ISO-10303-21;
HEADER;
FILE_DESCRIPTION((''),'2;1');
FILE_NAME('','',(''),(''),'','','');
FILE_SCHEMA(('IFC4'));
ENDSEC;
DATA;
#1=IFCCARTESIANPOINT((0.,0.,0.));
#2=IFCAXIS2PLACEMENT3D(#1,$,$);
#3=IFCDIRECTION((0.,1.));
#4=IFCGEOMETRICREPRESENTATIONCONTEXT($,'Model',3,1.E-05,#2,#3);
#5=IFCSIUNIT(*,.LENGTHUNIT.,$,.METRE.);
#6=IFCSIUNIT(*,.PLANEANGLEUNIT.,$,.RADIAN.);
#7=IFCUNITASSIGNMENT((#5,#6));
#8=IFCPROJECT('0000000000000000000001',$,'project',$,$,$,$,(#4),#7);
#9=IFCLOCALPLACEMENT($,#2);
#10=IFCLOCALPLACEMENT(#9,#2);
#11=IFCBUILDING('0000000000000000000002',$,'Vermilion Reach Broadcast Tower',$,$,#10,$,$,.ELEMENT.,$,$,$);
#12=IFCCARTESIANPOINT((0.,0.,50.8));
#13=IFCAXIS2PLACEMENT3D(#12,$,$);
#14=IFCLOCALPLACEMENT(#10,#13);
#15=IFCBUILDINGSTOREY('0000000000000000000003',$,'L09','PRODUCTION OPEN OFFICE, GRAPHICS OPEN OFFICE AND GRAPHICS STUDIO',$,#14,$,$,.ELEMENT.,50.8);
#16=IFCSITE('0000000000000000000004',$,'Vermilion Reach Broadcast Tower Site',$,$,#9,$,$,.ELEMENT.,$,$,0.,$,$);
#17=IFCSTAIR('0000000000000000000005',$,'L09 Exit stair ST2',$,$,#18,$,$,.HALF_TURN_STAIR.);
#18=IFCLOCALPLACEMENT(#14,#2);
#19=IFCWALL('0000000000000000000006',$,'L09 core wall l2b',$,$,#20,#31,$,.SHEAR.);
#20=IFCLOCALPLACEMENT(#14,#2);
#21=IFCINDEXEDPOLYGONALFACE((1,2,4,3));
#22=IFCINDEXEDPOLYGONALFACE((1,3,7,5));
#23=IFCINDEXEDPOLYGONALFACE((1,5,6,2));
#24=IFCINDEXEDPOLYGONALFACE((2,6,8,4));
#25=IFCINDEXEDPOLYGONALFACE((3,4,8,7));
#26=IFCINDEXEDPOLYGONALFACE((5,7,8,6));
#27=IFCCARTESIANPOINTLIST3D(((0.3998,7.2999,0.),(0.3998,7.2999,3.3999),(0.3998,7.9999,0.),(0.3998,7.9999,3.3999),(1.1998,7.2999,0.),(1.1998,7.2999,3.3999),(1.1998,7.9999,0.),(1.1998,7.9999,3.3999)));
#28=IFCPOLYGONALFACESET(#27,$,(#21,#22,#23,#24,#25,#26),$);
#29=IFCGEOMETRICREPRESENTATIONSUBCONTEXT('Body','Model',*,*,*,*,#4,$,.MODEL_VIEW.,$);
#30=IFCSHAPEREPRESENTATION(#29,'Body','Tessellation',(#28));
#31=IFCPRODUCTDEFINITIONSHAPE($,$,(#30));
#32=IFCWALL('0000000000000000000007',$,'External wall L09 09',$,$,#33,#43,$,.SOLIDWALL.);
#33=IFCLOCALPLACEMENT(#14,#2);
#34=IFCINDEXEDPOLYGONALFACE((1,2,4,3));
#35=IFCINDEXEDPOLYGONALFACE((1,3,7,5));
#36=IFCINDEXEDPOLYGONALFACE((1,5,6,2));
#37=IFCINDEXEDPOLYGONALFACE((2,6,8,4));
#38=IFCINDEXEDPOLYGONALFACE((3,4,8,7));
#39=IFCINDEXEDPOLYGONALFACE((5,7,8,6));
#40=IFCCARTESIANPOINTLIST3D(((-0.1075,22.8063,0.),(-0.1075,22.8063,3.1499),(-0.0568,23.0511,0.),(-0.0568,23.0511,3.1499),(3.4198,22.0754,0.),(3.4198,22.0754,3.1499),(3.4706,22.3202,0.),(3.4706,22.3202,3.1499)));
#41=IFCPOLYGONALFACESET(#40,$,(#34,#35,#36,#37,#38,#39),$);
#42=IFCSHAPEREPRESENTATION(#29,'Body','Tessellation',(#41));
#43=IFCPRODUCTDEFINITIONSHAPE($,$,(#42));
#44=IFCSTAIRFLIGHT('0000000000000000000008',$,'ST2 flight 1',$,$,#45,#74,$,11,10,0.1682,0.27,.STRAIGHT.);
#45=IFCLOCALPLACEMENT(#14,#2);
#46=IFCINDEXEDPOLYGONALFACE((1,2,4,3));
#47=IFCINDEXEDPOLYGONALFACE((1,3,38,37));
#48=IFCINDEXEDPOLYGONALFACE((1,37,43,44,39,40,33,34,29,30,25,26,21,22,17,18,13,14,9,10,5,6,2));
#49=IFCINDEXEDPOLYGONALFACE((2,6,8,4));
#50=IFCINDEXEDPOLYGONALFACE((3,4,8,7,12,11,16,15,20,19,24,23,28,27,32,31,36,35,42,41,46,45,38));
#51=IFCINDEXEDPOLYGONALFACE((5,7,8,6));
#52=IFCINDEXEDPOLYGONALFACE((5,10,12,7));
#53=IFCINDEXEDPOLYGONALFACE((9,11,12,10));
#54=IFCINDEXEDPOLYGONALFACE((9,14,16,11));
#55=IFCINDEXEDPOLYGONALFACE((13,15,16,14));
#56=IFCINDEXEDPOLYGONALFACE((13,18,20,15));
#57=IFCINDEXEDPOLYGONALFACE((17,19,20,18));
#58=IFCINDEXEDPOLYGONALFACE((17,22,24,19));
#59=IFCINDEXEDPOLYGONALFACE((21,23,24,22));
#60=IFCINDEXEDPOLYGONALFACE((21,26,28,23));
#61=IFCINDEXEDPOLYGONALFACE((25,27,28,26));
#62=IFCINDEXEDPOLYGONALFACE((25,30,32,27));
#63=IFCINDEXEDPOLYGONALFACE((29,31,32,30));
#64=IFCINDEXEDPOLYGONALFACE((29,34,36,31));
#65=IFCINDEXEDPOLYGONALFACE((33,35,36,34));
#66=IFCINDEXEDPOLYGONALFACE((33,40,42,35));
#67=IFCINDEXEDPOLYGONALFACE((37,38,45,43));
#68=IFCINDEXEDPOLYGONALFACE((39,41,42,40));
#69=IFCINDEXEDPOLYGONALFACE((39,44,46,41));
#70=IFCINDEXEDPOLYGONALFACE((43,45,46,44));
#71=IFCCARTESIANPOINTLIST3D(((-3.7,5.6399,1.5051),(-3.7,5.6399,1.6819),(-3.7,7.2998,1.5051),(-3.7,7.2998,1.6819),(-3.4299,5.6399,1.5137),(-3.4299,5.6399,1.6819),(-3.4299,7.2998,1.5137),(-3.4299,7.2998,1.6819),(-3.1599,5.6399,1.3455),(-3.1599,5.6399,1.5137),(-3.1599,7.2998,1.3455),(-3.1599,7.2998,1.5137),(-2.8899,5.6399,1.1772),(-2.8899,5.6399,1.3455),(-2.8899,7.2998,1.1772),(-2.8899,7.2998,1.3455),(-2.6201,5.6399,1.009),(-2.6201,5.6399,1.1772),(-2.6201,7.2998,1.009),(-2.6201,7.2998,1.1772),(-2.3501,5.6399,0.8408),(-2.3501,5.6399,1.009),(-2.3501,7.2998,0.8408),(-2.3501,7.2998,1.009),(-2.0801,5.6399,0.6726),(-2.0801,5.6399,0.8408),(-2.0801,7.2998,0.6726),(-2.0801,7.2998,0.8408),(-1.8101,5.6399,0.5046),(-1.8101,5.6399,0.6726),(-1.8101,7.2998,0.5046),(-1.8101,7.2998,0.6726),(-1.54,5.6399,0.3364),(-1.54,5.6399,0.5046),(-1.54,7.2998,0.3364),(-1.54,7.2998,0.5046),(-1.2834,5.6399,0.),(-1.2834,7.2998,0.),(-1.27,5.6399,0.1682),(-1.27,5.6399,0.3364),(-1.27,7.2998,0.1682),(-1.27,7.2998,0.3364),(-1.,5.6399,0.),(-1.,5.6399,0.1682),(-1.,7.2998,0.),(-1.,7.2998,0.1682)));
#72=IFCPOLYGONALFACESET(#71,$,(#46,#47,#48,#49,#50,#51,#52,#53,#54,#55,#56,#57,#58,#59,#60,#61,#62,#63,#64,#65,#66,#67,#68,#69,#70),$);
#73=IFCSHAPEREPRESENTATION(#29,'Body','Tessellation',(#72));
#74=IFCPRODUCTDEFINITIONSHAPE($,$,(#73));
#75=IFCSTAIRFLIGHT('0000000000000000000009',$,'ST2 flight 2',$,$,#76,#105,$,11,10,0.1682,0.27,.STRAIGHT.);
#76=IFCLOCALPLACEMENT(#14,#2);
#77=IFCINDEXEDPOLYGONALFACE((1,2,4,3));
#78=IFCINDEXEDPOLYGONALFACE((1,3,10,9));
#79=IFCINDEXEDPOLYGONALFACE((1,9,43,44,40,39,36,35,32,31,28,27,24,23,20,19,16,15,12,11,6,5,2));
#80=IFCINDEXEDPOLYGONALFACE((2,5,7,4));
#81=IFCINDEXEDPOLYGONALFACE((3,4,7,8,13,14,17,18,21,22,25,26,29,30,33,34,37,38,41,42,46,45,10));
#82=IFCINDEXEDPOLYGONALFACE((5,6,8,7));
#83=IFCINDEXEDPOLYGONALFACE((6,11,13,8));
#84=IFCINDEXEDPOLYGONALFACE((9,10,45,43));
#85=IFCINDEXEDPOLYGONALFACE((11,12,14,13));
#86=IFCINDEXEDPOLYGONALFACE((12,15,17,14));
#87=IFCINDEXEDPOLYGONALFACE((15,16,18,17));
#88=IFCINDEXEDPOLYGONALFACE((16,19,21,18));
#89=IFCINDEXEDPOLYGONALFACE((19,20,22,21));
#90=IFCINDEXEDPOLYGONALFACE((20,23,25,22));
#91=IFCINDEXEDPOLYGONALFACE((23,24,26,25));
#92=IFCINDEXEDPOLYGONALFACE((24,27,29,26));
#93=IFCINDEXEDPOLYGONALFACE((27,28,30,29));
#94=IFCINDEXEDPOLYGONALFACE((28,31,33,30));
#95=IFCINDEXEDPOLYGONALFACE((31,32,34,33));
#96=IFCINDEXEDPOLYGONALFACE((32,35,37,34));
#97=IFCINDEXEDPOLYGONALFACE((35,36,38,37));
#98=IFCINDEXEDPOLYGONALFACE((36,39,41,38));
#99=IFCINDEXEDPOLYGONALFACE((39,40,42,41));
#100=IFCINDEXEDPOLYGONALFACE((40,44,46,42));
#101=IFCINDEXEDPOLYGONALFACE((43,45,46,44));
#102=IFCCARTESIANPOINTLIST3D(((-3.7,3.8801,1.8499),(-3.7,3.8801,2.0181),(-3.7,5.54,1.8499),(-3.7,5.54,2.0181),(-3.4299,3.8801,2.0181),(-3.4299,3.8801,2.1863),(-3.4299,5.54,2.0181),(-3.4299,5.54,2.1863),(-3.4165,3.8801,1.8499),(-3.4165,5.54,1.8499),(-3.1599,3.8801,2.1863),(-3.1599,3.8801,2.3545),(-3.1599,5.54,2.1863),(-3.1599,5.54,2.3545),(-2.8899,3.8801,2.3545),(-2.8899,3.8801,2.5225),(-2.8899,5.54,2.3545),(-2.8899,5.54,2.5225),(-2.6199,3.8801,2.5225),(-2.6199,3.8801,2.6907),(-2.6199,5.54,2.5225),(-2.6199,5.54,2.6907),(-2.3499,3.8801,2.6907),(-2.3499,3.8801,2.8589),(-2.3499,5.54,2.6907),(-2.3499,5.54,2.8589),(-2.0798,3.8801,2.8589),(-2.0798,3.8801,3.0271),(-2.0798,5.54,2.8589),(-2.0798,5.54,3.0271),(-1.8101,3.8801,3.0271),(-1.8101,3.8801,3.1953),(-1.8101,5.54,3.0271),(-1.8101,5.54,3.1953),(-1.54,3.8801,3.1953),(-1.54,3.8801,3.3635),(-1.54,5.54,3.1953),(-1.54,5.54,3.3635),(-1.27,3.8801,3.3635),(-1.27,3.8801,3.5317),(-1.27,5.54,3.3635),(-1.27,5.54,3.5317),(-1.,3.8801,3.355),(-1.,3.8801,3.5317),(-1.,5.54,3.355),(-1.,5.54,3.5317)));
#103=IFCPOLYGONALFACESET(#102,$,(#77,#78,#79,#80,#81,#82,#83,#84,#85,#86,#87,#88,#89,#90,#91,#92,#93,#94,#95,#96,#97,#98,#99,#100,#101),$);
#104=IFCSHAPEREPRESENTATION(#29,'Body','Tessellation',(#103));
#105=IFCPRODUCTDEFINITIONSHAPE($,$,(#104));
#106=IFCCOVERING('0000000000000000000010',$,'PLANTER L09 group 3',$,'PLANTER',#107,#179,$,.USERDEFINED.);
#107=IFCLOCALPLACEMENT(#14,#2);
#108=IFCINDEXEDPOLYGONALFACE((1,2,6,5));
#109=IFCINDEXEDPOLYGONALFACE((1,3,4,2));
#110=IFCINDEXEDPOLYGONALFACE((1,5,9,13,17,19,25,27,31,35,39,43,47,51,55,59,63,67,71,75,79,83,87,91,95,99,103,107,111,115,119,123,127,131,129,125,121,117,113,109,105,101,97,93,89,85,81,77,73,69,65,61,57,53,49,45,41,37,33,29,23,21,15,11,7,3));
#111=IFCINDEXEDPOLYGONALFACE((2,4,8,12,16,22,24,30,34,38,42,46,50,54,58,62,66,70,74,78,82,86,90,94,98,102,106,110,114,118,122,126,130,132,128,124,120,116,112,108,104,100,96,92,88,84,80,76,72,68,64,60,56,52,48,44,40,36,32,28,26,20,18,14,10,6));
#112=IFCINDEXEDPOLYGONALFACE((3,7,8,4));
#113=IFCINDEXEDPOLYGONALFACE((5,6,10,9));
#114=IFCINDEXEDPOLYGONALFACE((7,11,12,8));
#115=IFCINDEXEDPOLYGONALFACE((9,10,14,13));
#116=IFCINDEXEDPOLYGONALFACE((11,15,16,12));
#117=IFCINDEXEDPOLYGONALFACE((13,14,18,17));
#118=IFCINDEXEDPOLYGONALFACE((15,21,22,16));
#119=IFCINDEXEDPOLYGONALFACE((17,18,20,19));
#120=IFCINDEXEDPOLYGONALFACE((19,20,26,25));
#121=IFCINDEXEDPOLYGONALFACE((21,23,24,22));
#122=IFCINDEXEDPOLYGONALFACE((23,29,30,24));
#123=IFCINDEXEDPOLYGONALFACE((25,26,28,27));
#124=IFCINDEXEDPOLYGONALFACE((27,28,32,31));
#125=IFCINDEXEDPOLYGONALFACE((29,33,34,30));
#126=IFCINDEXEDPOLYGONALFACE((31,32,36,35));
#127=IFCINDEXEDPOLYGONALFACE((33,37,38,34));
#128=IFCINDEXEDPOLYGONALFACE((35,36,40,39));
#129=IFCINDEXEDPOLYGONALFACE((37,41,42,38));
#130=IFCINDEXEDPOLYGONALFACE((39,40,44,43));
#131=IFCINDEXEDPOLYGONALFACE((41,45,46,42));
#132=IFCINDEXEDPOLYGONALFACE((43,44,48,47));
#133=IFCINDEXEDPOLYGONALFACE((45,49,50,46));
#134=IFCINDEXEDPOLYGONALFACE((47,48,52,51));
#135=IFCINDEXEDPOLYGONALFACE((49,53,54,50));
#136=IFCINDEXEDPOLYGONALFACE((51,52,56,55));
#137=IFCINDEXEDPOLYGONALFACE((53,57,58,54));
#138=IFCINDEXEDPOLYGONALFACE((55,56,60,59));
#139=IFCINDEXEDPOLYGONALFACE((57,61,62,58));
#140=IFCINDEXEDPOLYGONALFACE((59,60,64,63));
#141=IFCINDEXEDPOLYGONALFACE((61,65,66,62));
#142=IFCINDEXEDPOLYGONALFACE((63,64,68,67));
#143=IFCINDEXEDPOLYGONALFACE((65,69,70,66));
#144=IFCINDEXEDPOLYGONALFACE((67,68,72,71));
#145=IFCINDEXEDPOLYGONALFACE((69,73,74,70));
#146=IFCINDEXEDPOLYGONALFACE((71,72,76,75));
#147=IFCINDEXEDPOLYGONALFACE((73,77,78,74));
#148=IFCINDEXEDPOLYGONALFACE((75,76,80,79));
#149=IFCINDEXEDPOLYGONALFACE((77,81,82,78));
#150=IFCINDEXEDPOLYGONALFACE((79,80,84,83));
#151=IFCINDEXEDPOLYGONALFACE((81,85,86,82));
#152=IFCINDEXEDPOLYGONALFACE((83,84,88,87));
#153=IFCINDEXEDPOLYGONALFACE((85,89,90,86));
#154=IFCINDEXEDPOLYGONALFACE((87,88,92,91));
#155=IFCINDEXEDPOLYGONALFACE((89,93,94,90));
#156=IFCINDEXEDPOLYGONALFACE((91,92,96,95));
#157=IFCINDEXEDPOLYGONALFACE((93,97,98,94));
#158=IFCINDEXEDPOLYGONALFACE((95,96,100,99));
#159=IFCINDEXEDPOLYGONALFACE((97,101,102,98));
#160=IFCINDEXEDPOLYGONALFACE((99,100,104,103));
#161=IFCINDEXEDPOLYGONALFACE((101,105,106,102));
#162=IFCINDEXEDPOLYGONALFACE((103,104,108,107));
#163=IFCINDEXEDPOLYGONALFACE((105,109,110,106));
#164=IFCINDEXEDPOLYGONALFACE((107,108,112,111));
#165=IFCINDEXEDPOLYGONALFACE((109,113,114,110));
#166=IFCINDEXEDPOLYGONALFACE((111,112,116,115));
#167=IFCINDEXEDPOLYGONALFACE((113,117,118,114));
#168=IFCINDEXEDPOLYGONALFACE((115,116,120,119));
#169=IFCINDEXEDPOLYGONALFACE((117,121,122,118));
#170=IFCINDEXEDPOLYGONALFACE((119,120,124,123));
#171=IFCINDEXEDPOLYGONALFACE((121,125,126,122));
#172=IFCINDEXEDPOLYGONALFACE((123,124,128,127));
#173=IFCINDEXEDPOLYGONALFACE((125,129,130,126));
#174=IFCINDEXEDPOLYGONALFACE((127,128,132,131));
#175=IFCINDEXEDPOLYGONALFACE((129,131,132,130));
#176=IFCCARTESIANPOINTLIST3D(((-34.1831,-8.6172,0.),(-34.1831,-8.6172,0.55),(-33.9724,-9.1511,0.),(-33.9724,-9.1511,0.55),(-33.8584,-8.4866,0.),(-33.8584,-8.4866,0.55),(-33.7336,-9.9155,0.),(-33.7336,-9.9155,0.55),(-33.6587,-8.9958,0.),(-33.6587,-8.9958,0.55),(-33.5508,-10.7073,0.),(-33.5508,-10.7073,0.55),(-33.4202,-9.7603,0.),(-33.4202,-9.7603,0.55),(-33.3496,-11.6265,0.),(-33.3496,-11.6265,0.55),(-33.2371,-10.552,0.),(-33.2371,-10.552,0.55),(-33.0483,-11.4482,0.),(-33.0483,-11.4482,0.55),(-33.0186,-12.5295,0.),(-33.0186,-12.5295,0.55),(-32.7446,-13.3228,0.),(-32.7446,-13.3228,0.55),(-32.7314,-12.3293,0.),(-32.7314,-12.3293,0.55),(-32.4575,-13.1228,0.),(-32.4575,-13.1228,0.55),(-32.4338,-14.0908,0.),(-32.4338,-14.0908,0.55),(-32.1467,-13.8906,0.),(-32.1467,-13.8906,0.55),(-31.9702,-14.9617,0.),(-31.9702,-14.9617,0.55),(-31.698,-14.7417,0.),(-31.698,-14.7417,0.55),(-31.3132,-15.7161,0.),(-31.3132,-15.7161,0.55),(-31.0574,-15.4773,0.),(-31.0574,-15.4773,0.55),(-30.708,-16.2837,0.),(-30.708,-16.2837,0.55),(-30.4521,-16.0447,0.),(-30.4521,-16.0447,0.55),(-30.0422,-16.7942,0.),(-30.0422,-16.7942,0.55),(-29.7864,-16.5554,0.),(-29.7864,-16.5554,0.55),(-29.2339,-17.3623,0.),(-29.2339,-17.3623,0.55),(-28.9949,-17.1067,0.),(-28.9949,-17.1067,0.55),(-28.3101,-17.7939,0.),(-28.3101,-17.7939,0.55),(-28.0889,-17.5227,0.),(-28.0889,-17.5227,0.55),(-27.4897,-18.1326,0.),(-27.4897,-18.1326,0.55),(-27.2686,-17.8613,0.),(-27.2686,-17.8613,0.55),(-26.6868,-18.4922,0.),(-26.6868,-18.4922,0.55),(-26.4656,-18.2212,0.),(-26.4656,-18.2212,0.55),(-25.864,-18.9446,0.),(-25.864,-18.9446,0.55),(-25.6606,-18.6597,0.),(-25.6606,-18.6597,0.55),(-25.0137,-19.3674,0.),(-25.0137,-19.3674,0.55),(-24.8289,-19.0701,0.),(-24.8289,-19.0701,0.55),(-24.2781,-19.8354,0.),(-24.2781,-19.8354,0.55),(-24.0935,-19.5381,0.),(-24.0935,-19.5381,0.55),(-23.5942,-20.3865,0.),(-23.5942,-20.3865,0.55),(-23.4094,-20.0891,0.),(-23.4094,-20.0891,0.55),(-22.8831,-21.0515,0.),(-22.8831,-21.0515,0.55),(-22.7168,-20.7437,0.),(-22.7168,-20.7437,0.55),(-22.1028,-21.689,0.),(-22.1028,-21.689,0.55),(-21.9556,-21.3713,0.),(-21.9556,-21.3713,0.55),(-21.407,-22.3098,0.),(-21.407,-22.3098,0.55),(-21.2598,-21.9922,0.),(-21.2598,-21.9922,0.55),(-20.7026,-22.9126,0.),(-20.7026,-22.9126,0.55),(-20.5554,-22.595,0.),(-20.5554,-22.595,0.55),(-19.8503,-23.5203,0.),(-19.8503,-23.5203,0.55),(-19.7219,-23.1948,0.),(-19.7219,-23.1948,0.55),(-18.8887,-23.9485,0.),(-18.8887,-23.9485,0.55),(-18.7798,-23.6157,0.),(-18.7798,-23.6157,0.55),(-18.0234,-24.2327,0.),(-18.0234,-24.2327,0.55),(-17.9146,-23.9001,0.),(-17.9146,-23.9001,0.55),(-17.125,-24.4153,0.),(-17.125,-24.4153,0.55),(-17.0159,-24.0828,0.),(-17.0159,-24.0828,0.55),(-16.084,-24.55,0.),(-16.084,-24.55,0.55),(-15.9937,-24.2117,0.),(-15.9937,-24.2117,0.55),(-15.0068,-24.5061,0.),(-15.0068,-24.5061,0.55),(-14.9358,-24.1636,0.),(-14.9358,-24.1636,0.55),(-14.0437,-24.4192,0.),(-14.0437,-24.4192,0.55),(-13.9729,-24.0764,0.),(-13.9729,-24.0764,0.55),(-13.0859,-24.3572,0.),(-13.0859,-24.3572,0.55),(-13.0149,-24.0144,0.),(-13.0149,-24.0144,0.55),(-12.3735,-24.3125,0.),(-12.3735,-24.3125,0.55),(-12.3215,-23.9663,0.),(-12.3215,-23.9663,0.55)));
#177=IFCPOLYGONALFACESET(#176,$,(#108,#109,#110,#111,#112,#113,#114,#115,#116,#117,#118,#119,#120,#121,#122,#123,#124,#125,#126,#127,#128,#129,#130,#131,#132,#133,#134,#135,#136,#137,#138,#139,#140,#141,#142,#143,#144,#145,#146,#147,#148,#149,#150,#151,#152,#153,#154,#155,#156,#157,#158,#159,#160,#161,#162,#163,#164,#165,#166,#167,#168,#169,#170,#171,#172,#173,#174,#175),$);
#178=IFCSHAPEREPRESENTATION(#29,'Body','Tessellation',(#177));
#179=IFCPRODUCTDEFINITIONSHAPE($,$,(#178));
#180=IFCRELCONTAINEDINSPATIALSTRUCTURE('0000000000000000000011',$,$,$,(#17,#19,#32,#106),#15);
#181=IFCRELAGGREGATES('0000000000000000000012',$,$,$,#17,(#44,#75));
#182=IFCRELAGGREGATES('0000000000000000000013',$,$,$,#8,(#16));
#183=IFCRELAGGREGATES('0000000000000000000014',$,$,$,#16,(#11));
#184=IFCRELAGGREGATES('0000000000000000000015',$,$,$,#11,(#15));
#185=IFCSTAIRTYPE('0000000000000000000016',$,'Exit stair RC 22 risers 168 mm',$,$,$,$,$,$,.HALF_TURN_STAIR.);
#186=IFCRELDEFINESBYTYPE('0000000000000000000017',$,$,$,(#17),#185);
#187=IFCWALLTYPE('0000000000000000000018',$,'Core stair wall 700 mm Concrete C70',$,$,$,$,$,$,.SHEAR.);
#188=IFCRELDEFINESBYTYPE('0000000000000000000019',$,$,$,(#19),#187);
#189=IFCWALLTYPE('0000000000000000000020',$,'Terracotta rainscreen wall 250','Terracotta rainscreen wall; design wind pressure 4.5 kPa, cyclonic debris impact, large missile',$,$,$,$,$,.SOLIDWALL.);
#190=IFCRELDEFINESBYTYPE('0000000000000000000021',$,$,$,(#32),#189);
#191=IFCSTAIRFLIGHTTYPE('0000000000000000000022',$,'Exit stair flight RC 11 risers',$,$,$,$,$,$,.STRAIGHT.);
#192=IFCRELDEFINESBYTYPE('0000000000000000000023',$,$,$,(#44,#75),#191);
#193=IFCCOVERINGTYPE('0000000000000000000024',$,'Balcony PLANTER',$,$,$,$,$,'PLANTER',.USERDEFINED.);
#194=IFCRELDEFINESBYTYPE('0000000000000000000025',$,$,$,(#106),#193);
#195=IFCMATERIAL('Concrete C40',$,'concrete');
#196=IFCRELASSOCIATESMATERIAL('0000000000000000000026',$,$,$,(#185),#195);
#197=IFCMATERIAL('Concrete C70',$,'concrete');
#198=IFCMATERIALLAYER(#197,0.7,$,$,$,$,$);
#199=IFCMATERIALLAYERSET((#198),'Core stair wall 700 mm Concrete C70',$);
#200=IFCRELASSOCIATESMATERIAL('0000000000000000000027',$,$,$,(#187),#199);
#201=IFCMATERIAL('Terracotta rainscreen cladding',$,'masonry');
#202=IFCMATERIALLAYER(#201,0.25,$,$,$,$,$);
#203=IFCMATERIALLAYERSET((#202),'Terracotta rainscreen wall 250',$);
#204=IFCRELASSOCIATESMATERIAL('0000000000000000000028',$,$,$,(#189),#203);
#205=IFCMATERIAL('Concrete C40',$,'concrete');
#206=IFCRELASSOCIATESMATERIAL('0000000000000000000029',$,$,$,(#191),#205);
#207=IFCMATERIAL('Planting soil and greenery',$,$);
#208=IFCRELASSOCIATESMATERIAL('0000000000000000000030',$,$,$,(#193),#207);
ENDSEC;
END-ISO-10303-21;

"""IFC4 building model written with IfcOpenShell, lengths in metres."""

from ifc_helpers import new_model, si_unit, direction, frame, frame_2d, origin, place, context, subcontext, project, spatial, polyline, rectangle, outline, extrude, material, layer, layer_set, type_object, element, aggregate, save


model = new_model("IFC4")

# Units and contexts
model_context = context("Model", 3, precision=1e-05, world=origin(), true_north=direction((0.0, 1.0)))
body_context = subcontext(model_context, "Body", "Model", "MODEL_VIEW")
ifc_project = project(units=[si_unit("LENGTHUNIT", "METRE"), si_unit("PLANEANGLEUNIT", "RADIAN")], contexts=[model_context])

# Site, building, storey
site_placement = place(None, origin())
site = spatial("IfcSite", under=ifc_project, at=site_placement, Name="Vermilion Reach Broadcast Tower Site", CompositionType="ELEMENT", RefElevation=0.0)
building_placement = place(site_placement, origin())
building = spatial("IfcBuilding", under=site, at=building_placement, Name="Vermilion Reach Broadcast Tower", CompositionType="ELEMENT")
storey_placement = place(building_placement, frame((0.0, 0.0, 50.8)))
storey = spatial("IfcBuildingStorey", under=building, at=storey_placement, Name="L09", Description="PRODUCTION OPEN OFFICE, GRAPHICS OPEN OFFICE AND GRAPHICS STUDIO", CompositionType="ELEMENT", Elevation=50.8)

# Shared definitions
placement_1 = place(storey_placement, origin())

# Stair
ifc_material_1 = material(Name="Concrete C40", Category="concrete")
stair_type = type_object("IfcStairType", Name="Exit stair RC 22 risers 168 mm", PredefinedType="HALF_TURN_STAIR", material=ifc_material_1)
stair_1 = element("IfcStair", 1, at=placement_1, inside=storey, type_object=stair_type, Name="L09 Exit stair ST2", PredefinedType="HALF_TURN_STAIR")

# Walls
ifc_material_2 = material(Name="Concrete C70", Category="concrete")
ifc_layer_1 = layer(ifc_material_2, 0.7)
ifc_layer_set_1 = layer_set([ifc_layer_1], Name="Core stair wall 700 mm Concrete C70")
wall_type_1 = type_object("IfcWallType", Name="Core stair wall 700 mm Concrete C70", PredefinedType="SHEAR", material=ifc_layer_set_1)
wall_1_placement = place(storey_placement, frame((0.3999, 7.6499, 0.0), z_axis=(0.0, 0.0, 1.0), x_axis=(1.0, 0.0, 0.0)))
element("IfcWall", 2, at=wall_1_placement, inside=storey, type_object=wall_type_1, Name="L09 core wall l2b", PredefinedType="SHEAR", context=body_context, shape_type="SweptSolid", body=[
    extrude(rectangle(XDim=0.8, YDim=0.7, at=frame_2d((0.3999, 0.0))), origin(), (0.0, 0.0, 1.0), 3.3999),
])
ifc_material_3 = material(Name="Terracotta rainscreen cladding", Category="masonry")
ifc_layer_2 = layer(ifc_material_3, 0.25)
ifc_layer_set_2 = layer_set([ifc_layer_2], Name="Terracotta rainscreen wall 250")
wall_type_2 = type_object("IfcWallType", Name="Terracotta rainscreen wall 250", Description="Terracotta rainscreen wall; design wind pressure 4.5 kPa, cyclonic debris impact, large missile", PredefinedType="SOLIDWALL", material=ifc_layer_set_2)
wall_2_placement = place(storey_placement, frame((3.4453, 22.1978, 0.0), z_axis=(0.0, 0.0, 1.0), x_axis=(-0.979196, 0.202915, 0.0)))
element("IfcWall", 3, at=wall_2_placement, inside=storey, type_object=wall_type_2, Name="External wall L09 09", PredefinedType="SOLIDWALL", context=body_context, shape_type="SweptSolid", body=[
    extrude(rectangle(XDim=3.6023, YDim=0.25, at=frame_2d((1.8013, 0.0))), origin(), (0.0, 0.0, 1.0), 3.1499),
])

# Stair flights
ifc_material_4 = material(Name="Concrete C40", Category="concrete")
stair_flight_type = type_object("IfcStairFlightType", Name="Exit stair flight RC 11 risers", PredefinedType="STRAIGHT", material=ifc_material_4)
stair_flight_1_placement = place(storey_placement, frame((-1.0, 6.47, 0.0), z_axis=(0.0, 0.0, 1.0), x_axis=(-1.0, 0.0, 0.0)))
stair_flight_1 = element("IfcStairFlight", 4, at=stair_flight_1_placement, type_object=stair_flight_type, Name="ST2 flight 1", NumberOfRisers=11, NumberOfTreads=10, PredefinedType="STRAIGHT", RiserHeight=0.1682, TreadLength=0.27, context=body_context, shape_type="SweptSolid", body=[
    extrude(outline(polyline([(0.0, 0.0), (0.0, 0.1682), (0.27, 0.1682), (0.27, 0.3364), (0.54, 0.3364), (0.54, 0.5046), (0.8101, 0.5046), (0.8101, 0.6726), (1.0801, 0.6726), (1.0801, 0.8408), (1.3501, 0.8408), (1.3501, 1.009), (1.6201, 1.009), (1.6201, 1.1772), (1.8899, 1.1772), (1.8899, 1.3455), (2.1599, 1.3455), (2.1599, 1.5137), (2.4299, 1.5137), (2.4299, 1.6819), (2.7, 1.6819), (2.7, 1.8501), (2.7, 1.5051), (0.2834, 0.0), (0.0, 0.0)])), frame((0.0, 0.8301, 0.0), z_axis=(0.0, -1.0, 0.0), x_axis=(1.0, 0.0, 0.0)), (0.0, 0.0, 1.0), 1.6599),
])
stair_flight_2_placement = place(storey_placement, frame((-3.7, 4.71, 1.8499), z_axis=(0.0, 0.0, 1.0), x_axis=(1.0, 0.0, 0.0)))
stair_flight_2 = element("IfcStairFlight", 5, at=stair_flight_2_placement, type_object=stair_flight_type, Name="ST2 flight 2", NumberOfRisers=11, NumberOfTreads=10, PredefinedType="STRAIGHT", RiserHeight=0.1682, TreadLength=0.27, context=body_context, shape_type="SweptSolid", body=[
    extrude(outline(polyline([(0.0, 0.0), (0.0, 0.1682), (0.27, 0.1682), (0.27, 0.3364), (0.54, 0.3364), (0.54, 0.5046), (0.8101, 0.5046), (0.8101, 0.6726), (1.0801, 0.6726), (1.0801, 0.8408), (1.3501, 0.8408), (1.3501, 1.009), (1.6201, 1.009), (1.6201, 1.1772), (1.8899, 1.1772), (1.8899, 1.3455), (2.1599, 1.3455), (2.1599, 1.5137), (2.4299, 1.5137), (2.4299, 1.6819), (2.7, 1.6819), (2.7, 1.8501), (2.7, 1.5051), (0.2834, 0.0), (0.0, 0.0)])), frame((0.0, 0.8301, 0.0), z_axis=(0.0, -1.0, 0.0), x_axis=(1.0, 0.0, 0.0)), (0.0, 0.0, 1.0), 1.6599),
])
aggregate(stair_1, [stair_flight_1, stair_flight_2])

# Covering
ifc_material_5 = material(Name="Planting soil and greenery")
covering_type = type_object("IfcCoveringType", Name="Balcony PLANTER", ElementType="PLANTER", PredefinedType="USERDEFINED", material=ifc_material_5)
element("IfcCovering", 6, at=placement_1, inside=storey, type_object=covering_type, Name="PLANTER L09 group 3", ObjectType="PLANTER", PredefinedType="USERDEFINED", context=body_context, shape_type="SweptSolid", body=[
    extrude(outline(polyline([(-34.1831, -8.6172), (-33.9724, -9.1511), (-33.7336, -9.9155), (-33.5508, -10.7073), (-33.3496, -11.6265), (-33.0186, -12.5295), (-32.7446, -13.3228), (-32.4338, -14.0908), (-31.9702, -14.9617), (-31.3132, -15.7161), (-30.708, -16.2837), (-30.0422, -16.7942), (-29.2339, -17.3623), (-28.3101, -17.7939), (-27.4897, -18.1326), (-26.6868, -18.4922), (-25.864, -18.9446), (-25.0137, -19.3674), (-24.2781, -19.8354), (-23.5942, -20.3865), (-22.8831, -21.0515), (-22.1028, -21.689), (-21.407, -22.3098), (-20.7026, -22.9126), (-19.8503, -23.5203), (-18.8887, -23.9485), (-18.0234, -24.2327), (-17.125, -24.4153), (-16.084, -24.55), (-15.0068, -24.5061), (-14.0437, -24.4192), (-13.0859, -24.3572), (-12.3735, -24.3125), (-12.3215, -23.9663), (-13.0149, -24.0144), (-13.9729, -24.0764), (-14.9358, -24.1636), (-15.9937, -24.2117), (-17.0159, -24.0828), (-17.9146, -23.9001), (-18.7798, -23.6157), (-19.7219, -23.1948), (-20.5554, -22.595), (-21.2598, -21.9922), (-21.9556, -21.3713), (-22.7168, -20.7437), (-23.4094, -20.0891), (-24.0935, -19.5381), (-24.8289, -19.0701), (-25.6606, -18.6597), (-26.4656, -18.2212), (-27.2686, -17.8613), (-28.0889, -17.5227), (-28.9949, -17.1067), (-29.7864, -16.5554), (-30.4521, -16.0447), (-31.0574, -15.4773), (-31.698, -14.7417), (-32.1467, -13.8906), (-32.4575, -13.1228), (-32.7314, -12.3293), (-33.0483, -11.4482), (-33.2371, -10.552), (-33.4202, -9.7603), (-33.6587, -8.9958), (-33.8584, -8.4866), (-34.1831, -8.6172)])), origin(), (0.0, 0.0, 1.0), 0.55),
])

save(model, "model.ifc")
